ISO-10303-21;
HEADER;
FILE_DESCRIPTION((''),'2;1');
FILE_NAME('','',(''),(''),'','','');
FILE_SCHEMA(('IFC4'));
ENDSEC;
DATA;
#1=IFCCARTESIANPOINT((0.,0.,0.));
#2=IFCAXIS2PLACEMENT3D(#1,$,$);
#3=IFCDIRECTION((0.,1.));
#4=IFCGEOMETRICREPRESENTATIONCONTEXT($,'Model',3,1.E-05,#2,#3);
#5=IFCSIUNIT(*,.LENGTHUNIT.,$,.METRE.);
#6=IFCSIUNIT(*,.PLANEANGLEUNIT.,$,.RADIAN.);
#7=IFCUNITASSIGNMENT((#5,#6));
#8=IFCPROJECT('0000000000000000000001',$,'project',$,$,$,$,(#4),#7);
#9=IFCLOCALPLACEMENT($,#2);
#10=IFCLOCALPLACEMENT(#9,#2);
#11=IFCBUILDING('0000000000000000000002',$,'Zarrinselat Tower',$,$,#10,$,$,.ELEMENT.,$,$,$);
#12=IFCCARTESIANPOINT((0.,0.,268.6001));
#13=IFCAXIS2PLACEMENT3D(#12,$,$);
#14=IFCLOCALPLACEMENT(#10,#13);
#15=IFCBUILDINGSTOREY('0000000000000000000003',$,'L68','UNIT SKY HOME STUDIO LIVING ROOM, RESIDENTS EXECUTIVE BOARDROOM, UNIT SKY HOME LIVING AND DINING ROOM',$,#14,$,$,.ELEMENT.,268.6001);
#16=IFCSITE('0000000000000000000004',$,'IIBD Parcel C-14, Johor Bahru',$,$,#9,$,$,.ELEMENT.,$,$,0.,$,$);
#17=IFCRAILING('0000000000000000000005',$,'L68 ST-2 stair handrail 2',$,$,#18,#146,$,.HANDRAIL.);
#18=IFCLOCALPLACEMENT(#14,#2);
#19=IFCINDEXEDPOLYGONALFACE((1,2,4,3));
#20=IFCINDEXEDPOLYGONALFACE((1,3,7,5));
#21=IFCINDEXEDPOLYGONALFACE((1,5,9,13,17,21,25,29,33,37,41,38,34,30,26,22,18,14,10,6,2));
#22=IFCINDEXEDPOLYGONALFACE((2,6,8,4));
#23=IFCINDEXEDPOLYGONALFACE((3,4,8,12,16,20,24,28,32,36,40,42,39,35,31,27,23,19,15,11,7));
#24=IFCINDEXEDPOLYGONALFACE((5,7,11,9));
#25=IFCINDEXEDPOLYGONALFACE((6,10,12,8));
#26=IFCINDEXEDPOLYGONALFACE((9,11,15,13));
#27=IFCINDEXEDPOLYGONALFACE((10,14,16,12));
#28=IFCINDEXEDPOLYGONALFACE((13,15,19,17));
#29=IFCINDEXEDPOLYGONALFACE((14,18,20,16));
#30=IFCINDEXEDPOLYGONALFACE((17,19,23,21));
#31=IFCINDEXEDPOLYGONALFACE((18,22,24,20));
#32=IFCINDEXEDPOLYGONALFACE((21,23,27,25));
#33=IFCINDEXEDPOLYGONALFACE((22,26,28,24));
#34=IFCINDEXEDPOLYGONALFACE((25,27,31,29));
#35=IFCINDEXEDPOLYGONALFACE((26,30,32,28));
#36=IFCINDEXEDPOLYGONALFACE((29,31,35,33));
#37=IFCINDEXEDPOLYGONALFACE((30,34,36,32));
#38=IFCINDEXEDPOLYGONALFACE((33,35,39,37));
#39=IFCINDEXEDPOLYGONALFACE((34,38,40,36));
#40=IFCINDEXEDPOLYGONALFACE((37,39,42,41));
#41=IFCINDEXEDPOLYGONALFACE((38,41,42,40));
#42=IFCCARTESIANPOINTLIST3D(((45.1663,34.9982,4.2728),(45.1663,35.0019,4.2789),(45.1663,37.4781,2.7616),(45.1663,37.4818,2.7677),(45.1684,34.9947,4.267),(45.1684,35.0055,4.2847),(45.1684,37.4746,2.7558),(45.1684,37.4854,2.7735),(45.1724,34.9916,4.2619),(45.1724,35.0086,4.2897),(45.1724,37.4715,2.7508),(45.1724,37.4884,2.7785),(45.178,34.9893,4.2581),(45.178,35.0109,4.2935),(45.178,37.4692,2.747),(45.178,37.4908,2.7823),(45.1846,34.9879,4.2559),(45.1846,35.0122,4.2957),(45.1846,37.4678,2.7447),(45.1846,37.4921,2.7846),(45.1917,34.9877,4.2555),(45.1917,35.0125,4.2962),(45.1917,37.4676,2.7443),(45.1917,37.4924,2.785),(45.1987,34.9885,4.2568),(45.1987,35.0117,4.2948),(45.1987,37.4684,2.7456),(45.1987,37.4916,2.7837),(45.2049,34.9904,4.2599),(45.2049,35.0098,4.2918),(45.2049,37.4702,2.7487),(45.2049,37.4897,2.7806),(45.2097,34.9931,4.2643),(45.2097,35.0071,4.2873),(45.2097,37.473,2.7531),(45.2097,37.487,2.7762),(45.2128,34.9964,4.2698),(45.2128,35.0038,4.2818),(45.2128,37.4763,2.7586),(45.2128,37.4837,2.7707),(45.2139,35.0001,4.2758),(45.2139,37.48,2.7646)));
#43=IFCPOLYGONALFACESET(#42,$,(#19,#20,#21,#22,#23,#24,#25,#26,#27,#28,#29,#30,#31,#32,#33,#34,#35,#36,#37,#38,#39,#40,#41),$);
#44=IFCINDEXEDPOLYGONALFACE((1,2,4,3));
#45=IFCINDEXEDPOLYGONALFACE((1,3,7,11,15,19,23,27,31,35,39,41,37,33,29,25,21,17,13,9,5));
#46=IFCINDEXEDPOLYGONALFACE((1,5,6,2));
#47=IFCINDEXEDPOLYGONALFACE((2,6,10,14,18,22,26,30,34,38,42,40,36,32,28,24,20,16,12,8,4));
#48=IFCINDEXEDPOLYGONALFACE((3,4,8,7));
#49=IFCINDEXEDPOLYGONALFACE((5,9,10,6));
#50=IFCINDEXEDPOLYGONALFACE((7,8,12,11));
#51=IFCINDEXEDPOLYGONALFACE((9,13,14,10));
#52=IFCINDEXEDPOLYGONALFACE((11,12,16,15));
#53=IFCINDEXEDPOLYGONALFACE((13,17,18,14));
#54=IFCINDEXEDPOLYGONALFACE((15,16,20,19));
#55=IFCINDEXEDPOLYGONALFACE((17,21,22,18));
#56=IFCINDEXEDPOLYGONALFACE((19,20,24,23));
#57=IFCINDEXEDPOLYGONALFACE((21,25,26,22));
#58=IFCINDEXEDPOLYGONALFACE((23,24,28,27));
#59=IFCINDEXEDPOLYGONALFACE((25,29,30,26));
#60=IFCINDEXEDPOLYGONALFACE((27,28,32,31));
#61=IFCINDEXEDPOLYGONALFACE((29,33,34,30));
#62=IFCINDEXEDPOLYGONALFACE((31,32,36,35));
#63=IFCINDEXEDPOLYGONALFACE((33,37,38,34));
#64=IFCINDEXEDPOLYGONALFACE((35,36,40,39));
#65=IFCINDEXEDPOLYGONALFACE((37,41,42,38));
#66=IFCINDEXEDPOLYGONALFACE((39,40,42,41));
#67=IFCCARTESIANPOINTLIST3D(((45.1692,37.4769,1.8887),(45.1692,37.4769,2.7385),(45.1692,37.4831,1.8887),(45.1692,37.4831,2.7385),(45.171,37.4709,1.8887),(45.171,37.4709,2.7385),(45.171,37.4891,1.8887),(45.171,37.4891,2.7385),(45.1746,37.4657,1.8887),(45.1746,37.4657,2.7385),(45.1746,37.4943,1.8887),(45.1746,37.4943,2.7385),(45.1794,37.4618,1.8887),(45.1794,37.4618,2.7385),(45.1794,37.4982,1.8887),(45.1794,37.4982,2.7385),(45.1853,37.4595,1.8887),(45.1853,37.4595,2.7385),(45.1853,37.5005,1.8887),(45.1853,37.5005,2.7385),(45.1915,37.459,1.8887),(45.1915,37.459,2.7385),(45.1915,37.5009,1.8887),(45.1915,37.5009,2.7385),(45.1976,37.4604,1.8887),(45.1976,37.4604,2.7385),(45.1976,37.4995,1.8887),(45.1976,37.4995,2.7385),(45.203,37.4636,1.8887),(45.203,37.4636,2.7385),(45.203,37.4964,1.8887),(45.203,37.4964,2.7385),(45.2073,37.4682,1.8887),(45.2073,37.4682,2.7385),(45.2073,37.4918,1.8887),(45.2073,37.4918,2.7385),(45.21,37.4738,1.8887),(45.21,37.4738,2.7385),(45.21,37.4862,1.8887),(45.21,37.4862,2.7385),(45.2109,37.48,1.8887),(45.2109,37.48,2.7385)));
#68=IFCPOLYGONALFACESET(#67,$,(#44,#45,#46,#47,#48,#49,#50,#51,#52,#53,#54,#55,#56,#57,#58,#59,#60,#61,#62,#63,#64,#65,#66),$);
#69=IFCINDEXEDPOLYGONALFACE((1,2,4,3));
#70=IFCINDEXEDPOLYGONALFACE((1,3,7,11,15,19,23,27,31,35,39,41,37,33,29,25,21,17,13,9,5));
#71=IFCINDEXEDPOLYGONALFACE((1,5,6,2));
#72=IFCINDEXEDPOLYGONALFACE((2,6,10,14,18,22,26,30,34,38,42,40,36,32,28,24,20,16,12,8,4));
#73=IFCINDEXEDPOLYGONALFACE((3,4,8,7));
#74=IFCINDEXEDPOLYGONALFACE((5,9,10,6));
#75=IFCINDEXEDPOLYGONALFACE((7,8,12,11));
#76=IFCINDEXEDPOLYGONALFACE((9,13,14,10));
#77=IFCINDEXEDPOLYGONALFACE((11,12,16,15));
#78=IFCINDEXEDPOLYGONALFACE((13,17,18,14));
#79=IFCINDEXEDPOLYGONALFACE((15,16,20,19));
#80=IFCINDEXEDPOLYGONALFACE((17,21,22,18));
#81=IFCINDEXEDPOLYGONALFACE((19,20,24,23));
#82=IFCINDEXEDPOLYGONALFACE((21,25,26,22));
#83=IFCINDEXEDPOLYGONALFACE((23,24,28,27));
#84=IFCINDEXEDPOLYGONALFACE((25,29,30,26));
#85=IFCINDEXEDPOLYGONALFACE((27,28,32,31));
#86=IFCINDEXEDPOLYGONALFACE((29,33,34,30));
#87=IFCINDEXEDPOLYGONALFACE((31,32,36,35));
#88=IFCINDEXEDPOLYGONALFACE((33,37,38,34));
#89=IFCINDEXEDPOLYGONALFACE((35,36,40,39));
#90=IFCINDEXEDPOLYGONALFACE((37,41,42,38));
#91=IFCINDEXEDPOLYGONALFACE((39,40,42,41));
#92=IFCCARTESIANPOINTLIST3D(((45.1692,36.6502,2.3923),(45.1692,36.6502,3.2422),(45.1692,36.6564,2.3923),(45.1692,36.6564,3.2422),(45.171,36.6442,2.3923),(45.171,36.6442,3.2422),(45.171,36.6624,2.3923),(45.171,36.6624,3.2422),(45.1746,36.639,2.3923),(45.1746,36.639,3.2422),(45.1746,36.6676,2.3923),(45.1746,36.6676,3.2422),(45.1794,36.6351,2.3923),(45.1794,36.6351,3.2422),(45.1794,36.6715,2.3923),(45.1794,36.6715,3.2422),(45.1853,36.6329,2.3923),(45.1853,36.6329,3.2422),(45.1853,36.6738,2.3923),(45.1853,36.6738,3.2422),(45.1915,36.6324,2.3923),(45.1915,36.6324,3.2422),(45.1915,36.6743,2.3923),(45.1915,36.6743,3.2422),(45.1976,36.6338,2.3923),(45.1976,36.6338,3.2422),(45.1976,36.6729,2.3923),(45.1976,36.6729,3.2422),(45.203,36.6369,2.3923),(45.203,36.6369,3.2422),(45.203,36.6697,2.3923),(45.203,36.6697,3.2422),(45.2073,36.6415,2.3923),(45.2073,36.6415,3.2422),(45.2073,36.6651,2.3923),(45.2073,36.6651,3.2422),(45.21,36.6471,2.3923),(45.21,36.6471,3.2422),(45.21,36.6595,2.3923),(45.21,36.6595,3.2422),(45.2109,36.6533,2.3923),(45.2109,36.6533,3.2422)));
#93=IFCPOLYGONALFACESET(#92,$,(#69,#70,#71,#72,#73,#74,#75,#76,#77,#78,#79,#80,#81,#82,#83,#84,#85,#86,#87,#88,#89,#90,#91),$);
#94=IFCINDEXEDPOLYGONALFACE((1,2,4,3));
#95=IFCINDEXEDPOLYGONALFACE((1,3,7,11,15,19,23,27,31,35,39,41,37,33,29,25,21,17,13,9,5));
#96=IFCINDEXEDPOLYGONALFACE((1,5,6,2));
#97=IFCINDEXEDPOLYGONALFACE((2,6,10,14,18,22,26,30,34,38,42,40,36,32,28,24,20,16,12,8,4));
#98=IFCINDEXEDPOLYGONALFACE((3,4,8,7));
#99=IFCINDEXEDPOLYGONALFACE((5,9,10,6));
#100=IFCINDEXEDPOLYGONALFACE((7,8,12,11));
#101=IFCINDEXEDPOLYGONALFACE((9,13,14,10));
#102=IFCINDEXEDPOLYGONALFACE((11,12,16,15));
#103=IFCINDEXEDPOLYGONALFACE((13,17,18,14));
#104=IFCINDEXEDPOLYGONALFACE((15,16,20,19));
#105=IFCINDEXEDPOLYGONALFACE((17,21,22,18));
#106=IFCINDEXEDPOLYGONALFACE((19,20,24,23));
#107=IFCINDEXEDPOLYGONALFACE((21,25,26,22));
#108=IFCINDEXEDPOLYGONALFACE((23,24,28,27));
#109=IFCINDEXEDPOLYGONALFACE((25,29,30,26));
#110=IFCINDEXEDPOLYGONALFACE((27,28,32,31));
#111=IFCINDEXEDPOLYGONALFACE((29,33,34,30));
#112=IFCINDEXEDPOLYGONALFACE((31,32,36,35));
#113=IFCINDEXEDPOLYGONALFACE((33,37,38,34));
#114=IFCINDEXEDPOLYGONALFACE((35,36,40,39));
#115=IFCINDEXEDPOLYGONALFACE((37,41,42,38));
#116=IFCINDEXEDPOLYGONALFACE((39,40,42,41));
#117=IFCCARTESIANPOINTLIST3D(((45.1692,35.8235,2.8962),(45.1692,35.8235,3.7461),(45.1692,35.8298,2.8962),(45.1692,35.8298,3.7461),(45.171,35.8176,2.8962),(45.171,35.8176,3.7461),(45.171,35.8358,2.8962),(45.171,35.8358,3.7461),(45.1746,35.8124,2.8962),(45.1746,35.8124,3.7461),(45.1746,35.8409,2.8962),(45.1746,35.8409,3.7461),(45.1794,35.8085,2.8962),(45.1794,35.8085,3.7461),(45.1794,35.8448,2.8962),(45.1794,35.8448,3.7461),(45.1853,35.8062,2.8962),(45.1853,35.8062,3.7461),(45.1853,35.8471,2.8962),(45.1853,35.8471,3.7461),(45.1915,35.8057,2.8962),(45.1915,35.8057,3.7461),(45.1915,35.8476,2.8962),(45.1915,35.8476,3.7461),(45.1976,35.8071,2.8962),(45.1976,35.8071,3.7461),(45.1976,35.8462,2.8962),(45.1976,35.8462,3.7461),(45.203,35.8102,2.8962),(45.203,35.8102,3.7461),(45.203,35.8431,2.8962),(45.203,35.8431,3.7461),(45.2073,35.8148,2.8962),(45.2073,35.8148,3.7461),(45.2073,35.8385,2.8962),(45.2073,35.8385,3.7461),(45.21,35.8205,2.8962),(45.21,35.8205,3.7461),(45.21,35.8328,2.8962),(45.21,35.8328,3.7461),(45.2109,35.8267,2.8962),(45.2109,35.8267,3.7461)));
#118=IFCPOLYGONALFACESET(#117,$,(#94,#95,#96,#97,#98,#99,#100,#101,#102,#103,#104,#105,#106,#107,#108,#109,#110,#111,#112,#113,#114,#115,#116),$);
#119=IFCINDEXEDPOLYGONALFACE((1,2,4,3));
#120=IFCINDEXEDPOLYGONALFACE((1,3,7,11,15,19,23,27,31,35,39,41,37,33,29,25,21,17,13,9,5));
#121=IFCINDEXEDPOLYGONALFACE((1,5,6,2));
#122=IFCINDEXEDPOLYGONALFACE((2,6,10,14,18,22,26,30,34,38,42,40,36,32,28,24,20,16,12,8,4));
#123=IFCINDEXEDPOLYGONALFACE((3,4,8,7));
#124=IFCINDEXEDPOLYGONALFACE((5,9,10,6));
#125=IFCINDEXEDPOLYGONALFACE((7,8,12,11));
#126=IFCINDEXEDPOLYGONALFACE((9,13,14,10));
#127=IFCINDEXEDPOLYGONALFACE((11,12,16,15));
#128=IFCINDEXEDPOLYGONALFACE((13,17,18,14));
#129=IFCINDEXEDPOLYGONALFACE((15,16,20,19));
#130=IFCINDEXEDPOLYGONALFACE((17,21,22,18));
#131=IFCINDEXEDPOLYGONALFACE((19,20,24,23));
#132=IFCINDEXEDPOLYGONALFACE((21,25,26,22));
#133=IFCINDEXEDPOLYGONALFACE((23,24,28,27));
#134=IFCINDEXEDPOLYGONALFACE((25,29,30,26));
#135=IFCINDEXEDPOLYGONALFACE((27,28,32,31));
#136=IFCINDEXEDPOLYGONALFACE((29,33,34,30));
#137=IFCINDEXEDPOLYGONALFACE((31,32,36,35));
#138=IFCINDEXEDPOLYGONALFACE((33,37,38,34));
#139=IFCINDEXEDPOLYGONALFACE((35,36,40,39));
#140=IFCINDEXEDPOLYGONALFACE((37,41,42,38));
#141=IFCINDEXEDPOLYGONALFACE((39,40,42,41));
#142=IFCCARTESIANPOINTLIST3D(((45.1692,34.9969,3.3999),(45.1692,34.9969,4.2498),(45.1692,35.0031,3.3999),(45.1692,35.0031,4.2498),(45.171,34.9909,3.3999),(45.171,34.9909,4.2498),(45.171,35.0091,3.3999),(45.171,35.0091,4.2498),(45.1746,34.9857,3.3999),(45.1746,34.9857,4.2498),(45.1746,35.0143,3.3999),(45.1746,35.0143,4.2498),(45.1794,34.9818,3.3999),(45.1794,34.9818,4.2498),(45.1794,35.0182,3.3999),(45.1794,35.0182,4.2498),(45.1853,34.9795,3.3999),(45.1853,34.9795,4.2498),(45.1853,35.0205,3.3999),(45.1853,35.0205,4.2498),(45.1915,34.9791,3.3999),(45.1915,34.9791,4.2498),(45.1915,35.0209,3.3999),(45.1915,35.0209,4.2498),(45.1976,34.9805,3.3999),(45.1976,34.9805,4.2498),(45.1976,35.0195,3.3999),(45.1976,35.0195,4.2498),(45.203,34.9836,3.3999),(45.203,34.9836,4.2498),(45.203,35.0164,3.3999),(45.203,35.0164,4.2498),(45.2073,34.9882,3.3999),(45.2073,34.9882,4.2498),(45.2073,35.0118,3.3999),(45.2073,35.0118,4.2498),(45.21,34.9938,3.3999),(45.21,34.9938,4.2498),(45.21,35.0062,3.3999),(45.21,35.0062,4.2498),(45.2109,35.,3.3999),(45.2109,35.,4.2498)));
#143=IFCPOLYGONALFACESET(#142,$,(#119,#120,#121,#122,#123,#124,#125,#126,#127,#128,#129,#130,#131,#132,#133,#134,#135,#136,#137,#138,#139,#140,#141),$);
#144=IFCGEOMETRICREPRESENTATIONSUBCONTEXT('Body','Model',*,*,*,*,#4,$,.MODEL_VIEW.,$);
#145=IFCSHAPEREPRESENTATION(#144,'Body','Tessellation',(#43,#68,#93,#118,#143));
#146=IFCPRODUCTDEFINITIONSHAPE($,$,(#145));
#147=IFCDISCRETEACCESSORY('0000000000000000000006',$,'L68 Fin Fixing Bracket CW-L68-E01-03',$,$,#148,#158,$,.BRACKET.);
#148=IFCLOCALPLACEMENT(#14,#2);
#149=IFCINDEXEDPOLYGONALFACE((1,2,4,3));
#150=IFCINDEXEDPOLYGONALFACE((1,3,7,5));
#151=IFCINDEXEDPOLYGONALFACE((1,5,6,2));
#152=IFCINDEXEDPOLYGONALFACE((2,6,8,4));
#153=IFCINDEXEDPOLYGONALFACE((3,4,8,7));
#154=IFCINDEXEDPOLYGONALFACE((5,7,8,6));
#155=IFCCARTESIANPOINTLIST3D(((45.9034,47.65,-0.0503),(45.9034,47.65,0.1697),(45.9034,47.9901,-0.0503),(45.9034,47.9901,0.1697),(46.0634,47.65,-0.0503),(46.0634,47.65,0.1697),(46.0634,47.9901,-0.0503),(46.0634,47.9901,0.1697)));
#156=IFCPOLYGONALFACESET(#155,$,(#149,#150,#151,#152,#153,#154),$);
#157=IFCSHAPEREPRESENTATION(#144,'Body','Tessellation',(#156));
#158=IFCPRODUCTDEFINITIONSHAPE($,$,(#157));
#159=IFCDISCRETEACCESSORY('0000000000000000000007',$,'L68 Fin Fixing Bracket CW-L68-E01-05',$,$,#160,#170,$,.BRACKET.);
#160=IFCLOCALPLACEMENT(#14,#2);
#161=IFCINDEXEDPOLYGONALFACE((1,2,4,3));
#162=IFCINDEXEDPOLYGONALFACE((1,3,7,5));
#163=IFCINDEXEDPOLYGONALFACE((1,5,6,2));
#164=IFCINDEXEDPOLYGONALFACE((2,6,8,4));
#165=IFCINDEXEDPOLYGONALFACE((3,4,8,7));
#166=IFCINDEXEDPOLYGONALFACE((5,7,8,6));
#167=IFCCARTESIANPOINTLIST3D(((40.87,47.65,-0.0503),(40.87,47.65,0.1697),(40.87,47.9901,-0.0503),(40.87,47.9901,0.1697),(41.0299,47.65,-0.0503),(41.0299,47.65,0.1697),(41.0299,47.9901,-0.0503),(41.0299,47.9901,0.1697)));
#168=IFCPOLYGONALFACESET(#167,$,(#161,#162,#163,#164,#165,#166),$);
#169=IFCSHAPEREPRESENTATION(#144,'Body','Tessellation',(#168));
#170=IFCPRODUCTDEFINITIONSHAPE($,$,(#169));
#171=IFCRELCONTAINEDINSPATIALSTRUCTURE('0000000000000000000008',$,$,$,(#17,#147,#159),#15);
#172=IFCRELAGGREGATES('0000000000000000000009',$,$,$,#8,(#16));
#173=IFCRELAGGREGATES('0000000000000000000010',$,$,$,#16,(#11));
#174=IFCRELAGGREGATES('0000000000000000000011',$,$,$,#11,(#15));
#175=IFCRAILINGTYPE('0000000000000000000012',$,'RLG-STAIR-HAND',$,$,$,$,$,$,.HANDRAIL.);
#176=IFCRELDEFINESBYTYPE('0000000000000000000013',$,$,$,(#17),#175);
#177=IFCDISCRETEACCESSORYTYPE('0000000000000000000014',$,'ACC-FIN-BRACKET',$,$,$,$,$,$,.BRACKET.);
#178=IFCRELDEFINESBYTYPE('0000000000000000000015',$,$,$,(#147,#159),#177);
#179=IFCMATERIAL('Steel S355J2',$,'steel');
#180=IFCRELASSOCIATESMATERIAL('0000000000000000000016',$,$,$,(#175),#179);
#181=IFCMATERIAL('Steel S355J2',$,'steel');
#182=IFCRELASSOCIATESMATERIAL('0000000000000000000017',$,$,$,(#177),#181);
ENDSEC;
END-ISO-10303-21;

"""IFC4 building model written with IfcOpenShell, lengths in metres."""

from ifc_helpers import new_model, si_unit, direction, frame, origin, origin_2d, place, context, subcontext, project, spatial, rectangle, circle, extrude, material, type_object, element, save


model = new_model("IFC4")

# Units and contexts
model_context = context("Model", 3, precision=1e-05, world=origin(), true_north=direction((0.0, 1.0)))
body_context = subcontext(model_context, "Body", "Model", "MODEL_VIEW")
ifc_project = project(units=[si_unit("LENGTHUNIT", "METRE"), si_unit("PLANEANGLEUNIT", "RADIAN")], contexts=[model_context])

# Site, building, storey
site_placement = place(None, origin())
site = spatial("IfcSite", under=ifc_project, at=site_placement, Name="IIBD Parcel C-14, Johor Bahru", CompositionType="ELEMENT", RefElevation=0.0)
building_placement = place(site_placement, origin())
building = spatial("IfcBuilding", under=site, at=building_placement, Name="Zarrinselat Tower", CompositionType="ELEMENT")
storey_placement = place(building_placement, frame((0.0, 0.0, 268.6001)))
storey = spatial("IfcBuildingStorey", under=building, at=storey_placement, Name="L68", Description="UNIT SKY HOME STUDIO LIVING ROOM, RESIDENTS EXECUTIVE BOARDROOM, UNIT SKY HOME LIVING AND DINING ROOM", CompositionType="ELEMENT", Elevation=268.6001)

# Railing
ifc_material_1 = material(Name="Steel S355J2", Category="steel")
railing_type_1 = type_object("IfcRailingType", Name="RLG-STAIR-HAND", PredefinedType="HANDRAIL", material=ifc_material_1)
railing_1_placement = place(storey_placement, frame((45.1899, 37.48, 1.8887)))
element("IfcRailing", 1, at=railing_1_placement, inside=storey, type_object=railing_type_1, Name="L68 ST-2 stair handrail 2", PredefinedType="HANDRAIL", context=body_context, shape_type="SweptSolid", body=[
    extrude(circle(Radius=0.0239, at=origin_2d()), frame((0.0, 0.0, 0.876), z_axis=(0.0, -0.853942, 0.520368), x_axis=(1.0, 0.0, 0.0)), (0.0, 0.0, 1.0), 2.9041),
    extrude(circle(Radius=0.021, at=origin_2d()), origin(), (0.0, 0.0, 1.0), 0.8499),
    extrude(circle(Radius=0.021, at=origin_2d()), frame((0.0, -0.8267, 0.5037)), (0.0, 0.0, 1.0), 0.8499),
    extrude(circle(Radius=0.021, at=origin_2d()), frame((0.0, -1.6533, 1.0076)), (0.0, 0.0, 1.0), 0.8499),
    extrude(circle(Radius=0.021, at=origin_2d()), frame((0.0, -2.48, 1.5112)), (0.0, 0.0, 1.0), 0.8499),
])

# Discrete accessories
ifc_material_2 = material(Name="Steel S355J2", Category="steel")
discrete_accessory_type = type_object("IfcDiscreteAccessoryType", Name="ACC-FIN-BRACKET", PredefinedType="BRACKET", material=ifc_material_2)
for number, where, z_axis, x_axis, name in (
    (2, (45.9834, 47.8201, -0.0503), (0.0, 0.0, 1.0), (0.0, 1.0, 0.0), "L68 Fin Fixing Bracket CW-L68-E01-03"),
    (3, (40.95, 47.8201, -0.0503), (0.0, 0.0, 1.0), (0.0, 1.0, 0.0), "L68 Fin Fixing Bracket CW-L68-E01-05"),
):
    element("IfcDiscreteAccessory", number, at=place(storey_placement, frame(where, z_axis=z_axis, x_axis=x_axis)), inside=storey, type_object=discrete_accessory_type, Name=name, PredefinedType="BRACKET", context=body_context, shape_type="SweptSolid", body=[
        extrude(rectangle(XDim=0.3401, YDim=0.1599, at=origin_2d()), origin(), (0.0, 0.0, 1.0), 0.22),
    ])

save(model, "model.ifc")
